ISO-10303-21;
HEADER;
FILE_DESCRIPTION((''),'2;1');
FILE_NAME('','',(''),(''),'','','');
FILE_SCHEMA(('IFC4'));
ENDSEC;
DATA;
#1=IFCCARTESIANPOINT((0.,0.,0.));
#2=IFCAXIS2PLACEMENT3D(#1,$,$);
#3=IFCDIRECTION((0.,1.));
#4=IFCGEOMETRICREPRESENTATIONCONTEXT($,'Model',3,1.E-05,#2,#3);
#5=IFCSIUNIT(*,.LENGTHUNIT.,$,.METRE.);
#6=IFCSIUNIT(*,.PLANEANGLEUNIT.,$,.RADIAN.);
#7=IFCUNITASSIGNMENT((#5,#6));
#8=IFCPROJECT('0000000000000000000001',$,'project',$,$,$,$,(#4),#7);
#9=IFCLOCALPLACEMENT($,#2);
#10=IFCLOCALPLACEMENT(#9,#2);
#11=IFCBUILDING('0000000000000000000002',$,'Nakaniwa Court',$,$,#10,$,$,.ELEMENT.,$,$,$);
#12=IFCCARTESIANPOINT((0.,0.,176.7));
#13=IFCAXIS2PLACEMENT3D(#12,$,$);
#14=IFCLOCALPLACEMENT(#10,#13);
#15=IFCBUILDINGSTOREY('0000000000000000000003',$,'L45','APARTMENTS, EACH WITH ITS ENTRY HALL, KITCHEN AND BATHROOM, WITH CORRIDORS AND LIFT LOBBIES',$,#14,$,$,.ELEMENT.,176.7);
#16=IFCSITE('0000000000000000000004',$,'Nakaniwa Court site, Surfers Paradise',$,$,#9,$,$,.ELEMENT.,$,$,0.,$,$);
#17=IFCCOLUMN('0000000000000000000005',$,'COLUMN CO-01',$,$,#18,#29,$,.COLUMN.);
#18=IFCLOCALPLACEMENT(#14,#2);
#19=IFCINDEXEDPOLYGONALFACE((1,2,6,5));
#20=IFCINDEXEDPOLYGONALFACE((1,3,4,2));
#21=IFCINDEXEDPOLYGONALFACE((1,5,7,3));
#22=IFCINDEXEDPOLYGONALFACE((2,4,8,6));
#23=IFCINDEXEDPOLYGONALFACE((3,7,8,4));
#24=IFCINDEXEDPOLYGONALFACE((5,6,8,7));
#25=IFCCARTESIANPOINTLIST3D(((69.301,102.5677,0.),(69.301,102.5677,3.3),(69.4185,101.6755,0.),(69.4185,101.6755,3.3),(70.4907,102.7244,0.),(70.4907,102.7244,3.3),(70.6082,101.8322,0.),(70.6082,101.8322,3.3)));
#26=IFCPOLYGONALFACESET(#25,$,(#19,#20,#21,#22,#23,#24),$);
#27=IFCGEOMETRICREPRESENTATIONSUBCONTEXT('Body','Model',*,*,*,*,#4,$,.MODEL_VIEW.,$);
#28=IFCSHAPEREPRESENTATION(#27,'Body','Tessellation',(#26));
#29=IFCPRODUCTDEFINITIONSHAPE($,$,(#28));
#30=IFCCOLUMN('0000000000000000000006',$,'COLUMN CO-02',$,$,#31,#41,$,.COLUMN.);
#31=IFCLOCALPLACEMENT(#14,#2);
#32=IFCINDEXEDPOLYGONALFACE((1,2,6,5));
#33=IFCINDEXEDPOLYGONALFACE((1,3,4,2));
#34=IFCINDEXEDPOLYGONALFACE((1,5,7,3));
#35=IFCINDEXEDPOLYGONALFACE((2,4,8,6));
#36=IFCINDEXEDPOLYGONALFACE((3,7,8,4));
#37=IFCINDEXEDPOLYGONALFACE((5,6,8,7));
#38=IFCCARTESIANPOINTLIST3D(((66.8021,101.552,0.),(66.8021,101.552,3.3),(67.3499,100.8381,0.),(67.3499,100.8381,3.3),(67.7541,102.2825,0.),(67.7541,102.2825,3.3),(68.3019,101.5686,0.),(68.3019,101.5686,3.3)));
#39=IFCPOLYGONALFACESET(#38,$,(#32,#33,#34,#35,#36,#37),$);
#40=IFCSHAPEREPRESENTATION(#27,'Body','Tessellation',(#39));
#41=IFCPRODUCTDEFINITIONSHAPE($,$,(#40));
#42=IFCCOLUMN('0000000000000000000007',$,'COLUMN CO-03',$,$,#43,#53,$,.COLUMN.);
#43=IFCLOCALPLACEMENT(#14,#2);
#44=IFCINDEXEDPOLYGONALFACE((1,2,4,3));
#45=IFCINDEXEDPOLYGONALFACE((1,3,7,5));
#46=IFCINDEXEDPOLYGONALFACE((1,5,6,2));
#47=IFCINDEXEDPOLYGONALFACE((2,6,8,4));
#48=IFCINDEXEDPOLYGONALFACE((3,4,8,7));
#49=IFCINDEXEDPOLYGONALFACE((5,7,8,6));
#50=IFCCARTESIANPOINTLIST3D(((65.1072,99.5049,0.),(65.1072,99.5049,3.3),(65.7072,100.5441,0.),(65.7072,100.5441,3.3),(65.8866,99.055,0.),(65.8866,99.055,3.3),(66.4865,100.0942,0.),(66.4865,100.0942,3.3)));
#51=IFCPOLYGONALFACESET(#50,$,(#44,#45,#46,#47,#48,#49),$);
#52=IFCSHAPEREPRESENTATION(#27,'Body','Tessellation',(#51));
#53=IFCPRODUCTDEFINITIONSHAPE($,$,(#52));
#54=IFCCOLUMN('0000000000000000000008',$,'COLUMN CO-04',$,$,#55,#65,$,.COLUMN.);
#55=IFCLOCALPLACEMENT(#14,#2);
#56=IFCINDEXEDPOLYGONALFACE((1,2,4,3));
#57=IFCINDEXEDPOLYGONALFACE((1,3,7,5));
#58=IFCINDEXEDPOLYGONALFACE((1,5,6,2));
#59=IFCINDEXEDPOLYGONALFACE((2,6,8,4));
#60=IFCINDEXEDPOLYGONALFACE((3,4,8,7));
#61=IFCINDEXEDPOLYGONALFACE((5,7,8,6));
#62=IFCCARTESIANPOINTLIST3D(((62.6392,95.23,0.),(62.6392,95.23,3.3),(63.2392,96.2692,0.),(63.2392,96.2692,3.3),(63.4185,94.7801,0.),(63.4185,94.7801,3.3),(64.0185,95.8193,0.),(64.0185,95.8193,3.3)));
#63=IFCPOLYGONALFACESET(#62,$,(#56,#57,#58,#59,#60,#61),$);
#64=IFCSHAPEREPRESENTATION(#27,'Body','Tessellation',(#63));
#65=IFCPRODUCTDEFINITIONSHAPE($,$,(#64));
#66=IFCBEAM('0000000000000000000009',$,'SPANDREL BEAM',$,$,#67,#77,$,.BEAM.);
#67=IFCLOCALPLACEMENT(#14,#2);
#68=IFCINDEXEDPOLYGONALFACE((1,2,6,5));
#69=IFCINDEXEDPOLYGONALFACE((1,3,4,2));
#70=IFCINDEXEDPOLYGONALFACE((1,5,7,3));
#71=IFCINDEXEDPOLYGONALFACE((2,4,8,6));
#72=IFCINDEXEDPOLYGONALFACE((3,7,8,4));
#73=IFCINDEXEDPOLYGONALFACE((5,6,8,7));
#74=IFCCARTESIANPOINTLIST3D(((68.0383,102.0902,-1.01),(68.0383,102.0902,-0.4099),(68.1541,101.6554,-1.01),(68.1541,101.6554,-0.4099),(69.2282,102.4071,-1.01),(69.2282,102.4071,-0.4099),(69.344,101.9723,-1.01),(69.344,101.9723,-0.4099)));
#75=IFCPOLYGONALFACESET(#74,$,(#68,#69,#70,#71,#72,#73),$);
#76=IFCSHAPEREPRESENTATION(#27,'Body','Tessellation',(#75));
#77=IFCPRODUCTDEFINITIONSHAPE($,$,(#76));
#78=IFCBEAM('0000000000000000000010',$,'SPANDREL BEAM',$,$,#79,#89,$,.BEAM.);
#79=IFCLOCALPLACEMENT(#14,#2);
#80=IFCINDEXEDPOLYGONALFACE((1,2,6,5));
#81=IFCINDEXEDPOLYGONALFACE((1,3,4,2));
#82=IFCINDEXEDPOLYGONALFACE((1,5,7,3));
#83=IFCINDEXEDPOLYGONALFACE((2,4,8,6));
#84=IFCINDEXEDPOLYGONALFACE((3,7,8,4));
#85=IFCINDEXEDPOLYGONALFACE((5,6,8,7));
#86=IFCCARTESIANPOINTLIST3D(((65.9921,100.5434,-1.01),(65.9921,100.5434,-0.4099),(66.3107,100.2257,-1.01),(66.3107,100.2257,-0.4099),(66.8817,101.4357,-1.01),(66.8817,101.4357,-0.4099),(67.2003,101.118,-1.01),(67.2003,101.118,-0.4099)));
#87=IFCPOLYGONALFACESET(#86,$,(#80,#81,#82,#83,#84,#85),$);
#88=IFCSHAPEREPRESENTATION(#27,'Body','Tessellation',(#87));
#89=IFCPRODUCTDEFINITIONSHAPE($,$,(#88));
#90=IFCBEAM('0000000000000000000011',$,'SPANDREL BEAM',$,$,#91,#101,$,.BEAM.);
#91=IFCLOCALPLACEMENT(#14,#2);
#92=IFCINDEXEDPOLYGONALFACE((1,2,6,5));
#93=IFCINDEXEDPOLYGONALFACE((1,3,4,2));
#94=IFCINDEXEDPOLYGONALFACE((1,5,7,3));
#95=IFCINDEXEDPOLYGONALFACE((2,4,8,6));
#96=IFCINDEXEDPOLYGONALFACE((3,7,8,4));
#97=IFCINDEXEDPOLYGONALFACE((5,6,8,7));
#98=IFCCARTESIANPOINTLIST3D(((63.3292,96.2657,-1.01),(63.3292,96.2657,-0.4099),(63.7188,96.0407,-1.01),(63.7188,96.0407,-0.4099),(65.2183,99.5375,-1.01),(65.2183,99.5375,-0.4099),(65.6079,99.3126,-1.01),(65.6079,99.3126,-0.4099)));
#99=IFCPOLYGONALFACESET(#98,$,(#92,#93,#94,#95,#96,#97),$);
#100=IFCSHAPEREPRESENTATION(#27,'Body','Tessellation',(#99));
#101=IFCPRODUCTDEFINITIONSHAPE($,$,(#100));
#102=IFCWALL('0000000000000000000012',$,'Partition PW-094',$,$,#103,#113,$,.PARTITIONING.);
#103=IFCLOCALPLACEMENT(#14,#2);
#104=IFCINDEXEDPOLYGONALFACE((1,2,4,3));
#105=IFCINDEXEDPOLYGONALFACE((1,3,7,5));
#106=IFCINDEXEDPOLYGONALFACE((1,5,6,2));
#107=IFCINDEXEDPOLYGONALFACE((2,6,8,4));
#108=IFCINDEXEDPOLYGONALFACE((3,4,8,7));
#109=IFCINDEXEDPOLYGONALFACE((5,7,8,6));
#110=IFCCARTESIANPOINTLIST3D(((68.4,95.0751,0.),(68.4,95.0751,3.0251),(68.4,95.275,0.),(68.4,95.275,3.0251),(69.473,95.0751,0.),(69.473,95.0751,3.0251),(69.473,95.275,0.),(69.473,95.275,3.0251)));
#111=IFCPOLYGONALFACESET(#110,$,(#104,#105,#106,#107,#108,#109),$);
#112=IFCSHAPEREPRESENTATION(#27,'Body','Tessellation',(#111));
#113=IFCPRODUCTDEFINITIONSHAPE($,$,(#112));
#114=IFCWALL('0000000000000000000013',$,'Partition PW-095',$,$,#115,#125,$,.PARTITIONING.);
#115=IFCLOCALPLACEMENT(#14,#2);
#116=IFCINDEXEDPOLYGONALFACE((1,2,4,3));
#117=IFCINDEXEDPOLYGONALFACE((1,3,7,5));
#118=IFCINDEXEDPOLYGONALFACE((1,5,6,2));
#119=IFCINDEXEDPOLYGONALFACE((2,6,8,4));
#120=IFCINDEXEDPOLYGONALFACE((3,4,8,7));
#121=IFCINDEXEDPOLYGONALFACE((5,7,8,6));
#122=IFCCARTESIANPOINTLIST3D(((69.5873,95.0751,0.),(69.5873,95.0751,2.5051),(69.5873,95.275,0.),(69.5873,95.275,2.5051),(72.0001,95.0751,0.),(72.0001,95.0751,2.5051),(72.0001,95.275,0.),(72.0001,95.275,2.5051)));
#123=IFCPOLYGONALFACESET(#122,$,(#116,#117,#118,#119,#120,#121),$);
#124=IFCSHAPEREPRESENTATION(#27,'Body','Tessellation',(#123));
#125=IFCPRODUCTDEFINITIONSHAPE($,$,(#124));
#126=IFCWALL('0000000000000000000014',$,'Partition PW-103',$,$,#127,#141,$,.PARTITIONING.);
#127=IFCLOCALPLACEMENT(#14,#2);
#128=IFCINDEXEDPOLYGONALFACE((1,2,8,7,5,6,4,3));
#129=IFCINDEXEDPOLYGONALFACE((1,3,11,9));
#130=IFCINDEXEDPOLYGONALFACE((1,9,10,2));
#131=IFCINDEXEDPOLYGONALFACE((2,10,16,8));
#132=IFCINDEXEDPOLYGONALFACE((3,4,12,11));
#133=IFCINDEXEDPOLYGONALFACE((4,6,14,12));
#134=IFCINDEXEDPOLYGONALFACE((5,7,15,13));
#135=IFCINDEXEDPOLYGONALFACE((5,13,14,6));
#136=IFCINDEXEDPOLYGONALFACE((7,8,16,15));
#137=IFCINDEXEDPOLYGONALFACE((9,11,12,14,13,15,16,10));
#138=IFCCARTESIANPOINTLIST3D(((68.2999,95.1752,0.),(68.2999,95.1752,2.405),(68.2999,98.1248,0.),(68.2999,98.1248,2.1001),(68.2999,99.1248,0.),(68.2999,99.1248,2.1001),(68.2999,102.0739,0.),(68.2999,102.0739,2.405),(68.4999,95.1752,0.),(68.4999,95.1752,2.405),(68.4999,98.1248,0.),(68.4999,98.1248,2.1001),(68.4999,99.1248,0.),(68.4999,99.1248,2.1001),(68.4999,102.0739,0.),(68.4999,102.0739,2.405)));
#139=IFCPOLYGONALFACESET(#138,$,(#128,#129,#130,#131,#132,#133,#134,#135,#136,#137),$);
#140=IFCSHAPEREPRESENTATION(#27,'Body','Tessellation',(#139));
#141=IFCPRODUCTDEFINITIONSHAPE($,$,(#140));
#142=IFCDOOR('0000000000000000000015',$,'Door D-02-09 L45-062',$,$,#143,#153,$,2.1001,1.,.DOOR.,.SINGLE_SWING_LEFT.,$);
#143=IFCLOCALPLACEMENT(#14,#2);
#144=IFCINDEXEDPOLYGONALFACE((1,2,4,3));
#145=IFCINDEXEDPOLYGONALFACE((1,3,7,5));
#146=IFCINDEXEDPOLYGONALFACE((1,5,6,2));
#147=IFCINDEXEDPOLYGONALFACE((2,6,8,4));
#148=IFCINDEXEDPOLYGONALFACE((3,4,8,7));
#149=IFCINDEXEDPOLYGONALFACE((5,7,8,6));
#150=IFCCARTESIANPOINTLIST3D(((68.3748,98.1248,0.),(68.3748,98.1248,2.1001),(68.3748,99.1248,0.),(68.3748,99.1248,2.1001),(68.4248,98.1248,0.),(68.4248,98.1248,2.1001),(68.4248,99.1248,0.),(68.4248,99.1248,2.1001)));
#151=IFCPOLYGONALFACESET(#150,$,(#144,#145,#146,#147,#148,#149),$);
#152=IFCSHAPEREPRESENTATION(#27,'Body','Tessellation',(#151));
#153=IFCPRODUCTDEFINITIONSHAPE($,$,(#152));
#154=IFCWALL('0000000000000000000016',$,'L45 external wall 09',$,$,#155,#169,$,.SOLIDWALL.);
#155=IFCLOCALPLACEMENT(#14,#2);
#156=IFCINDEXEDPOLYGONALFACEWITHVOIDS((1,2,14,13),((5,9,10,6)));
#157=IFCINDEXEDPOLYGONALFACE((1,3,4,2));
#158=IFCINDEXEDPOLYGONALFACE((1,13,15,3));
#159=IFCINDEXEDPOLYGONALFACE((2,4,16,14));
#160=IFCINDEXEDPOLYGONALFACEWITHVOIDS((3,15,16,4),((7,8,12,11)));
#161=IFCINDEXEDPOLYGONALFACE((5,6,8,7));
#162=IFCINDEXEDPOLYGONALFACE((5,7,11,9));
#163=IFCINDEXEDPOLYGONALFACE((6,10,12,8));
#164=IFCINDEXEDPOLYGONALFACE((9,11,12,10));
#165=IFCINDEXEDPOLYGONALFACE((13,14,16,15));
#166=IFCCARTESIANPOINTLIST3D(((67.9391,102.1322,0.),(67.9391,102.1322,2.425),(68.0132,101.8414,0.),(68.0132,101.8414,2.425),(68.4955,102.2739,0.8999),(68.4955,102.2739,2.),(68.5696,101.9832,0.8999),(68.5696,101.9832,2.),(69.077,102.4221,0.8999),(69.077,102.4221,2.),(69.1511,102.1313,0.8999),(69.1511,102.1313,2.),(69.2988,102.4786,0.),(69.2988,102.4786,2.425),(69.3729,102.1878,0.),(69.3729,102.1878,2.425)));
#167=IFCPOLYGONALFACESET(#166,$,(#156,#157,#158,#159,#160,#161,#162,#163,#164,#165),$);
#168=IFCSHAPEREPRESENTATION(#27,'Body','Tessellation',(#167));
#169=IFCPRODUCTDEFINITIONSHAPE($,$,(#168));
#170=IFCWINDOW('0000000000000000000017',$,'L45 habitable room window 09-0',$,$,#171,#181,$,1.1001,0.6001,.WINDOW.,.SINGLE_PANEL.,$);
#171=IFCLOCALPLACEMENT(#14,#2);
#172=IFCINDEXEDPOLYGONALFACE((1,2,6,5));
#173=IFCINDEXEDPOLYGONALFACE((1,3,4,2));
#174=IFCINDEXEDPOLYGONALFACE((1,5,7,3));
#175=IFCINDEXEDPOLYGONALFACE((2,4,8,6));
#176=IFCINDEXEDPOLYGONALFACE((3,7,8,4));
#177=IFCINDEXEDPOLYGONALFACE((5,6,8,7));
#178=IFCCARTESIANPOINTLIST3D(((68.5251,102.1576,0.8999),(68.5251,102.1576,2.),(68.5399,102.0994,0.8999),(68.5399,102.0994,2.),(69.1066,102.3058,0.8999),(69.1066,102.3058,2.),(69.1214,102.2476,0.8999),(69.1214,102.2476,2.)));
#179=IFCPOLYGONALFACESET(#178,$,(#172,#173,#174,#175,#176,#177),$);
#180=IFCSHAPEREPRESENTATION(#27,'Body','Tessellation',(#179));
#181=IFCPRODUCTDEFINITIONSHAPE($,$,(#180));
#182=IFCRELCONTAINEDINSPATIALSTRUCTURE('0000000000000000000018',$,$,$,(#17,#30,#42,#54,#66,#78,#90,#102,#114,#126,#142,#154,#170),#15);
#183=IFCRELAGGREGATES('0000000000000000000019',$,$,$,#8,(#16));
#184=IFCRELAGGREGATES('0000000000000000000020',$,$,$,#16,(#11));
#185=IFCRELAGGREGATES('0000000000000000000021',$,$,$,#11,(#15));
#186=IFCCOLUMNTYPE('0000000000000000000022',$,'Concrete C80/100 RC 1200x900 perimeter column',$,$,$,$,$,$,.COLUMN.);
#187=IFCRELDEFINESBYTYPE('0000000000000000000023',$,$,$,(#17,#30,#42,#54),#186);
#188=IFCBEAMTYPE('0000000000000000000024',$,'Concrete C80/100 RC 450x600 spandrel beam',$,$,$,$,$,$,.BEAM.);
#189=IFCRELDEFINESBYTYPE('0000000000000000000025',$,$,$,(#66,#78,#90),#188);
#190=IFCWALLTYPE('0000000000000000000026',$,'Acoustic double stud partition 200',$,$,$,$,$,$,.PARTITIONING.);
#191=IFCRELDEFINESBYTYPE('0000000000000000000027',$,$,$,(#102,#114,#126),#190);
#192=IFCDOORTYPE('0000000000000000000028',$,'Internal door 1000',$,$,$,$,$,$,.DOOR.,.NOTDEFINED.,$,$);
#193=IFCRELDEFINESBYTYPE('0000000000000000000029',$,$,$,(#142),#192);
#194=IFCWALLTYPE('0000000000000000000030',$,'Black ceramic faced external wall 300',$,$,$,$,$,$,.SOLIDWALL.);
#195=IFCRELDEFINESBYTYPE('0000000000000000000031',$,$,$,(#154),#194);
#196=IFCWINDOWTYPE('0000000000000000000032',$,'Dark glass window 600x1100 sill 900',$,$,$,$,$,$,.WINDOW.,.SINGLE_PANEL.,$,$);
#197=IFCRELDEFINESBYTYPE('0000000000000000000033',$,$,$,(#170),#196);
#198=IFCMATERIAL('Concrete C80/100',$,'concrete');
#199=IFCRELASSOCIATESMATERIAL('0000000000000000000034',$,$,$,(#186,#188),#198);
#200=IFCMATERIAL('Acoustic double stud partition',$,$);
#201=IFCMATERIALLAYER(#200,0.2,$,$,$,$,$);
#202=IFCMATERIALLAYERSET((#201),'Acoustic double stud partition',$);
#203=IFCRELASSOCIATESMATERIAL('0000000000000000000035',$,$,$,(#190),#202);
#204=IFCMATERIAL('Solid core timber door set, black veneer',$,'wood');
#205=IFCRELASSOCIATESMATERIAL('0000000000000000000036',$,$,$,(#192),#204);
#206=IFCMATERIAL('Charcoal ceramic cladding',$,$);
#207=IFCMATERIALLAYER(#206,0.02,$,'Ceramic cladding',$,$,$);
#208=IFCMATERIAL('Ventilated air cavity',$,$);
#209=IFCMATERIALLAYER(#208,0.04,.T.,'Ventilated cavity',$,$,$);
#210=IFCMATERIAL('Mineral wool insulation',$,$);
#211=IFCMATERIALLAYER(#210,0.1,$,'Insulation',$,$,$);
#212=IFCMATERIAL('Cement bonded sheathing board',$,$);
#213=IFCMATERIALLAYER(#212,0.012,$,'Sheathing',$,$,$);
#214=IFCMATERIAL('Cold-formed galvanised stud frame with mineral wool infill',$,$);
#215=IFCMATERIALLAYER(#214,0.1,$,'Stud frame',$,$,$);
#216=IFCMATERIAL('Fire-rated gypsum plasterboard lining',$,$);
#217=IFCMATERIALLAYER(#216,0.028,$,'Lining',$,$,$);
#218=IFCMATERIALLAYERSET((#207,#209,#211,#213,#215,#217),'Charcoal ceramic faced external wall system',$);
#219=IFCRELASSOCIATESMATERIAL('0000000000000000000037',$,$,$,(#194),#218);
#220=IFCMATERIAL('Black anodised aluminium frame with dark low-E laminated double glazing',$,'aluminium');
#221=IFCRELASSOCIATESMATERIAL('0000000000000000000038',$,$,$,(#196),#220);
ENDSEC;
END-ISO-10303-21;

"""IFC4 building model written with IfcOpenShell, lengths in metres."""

from ifc_helpers import new_model, si_unit, direction, frame, frame_2d, origin, origin_2d, place, context, subcontext, project, spatial, rectangle, extrude, material, layer, layer_set, material_profile, profile_set, type_object, element, fill, save


model = new_model("IFC4")

# Units and contexts
model_context = context("Model", 3, precision=1e-05, world=origin(), true_north=direction((0.0, 1.0)))
body_context = subcontext(model_context, "Body", "Model", "MODEL_VIEW")
ifc_project = project(units=[si_unit("LENGTHUNIT", "METRE"), si_unit("PLANEANGLEUNIT", "RADIAN")], contexts=[model_context])

# Site, building, storey
site_placement = place(None, origin())
site = spatial("IfcSite", under=ifc_project, at=site_placement, Name="Nakaniwa Court site, Surfers Paradise", CompositionType="ELEMENT", RefElevation=0.0)
building_placement = place(site_placement, origin())
building = spatial("IfcBuilding", under=site, at=building_placement, Name="Nakaniwa Court", CompositionType="ELEMENT")
storey_placement = place(building_placement, frame((0.0, 0.0, 176.7)))
storey = spatial("IfcBuildingStorey", under=building, at=storey_placement, Name="L45", Description="APARTMENTS, EACH WITH ITS ENTRY HALL, KITCHEN AND BATHROOM, WITH CORRIDORS AND LIFT LOBBIES", CompositionType="ELEMENT", Elevation=176.7)

# Columns
ifc_material_1 = material(Name="Concrete C80/100", Category="concrete")
ifc_material_profile_1 = material_profile(ifc_material_1, rectangle(XDim=1.2, YDim=0.8999, at=origin_2d()), Name="Concrete C80/100 RC 1200x900 perimeter column")
ifc_profile_set_1 = profile_set([ifc_material_profile_1], Name="Concrete C80/100")
column_type = type_object("IfcColumnType", Name="Concrete C80/100 RC 1200x900 perimeter column", PredefinedType="COLUMN", material=ifc_profile_set_1)
for number, where, z_axis, x_axis, name in (
    (1, (69.9546, 102.2, 0.0), (0.0, 0.0, 1.0), (-0.991443, -0.130543, 0.0), "COLUMN CO-01"),
    (2, (67.552, 101.5603, 0.0), (0.0, 0.0, 1.0), (-0.793364, -0.608748, 0.0), "COLUMN CO-02"),
    (3, (65.7969, 99.7996, 0.0), (0.0, 0.0, 1.0), (-0.5, -0.866025, 0.0), "COLUMN CO-03"),
    (4, (63.3289, 95.5247, 0.0), (0.0, 0.0, 1.0), (-0.5, -0.866025, 0.0), "COLUMN CO-04"),
):
    element("IfcColumn", number, at=place(storey_placement, frame(where, z_axis=z_axis, x_axis=x_axis)), inside=storey, type_object=column_type, Name=name, PredefinedType="COLUMN", context=body_context, shape_type="SweptSolid", body=[
        extrude(rectangle(XDim=1.2, YDim=0.8999, at=origin_2d()), origin(), (0.0, 0.0, 1.0), 3.3),
    ])

# Beams
ifc_material_profile_2 = material_profile(ifc_material_1, rectangle(XDim=0.45, YDim=0.6001, at=origin_2d()), Name="Concrete C80/100 RC 450x600 spandrel beam")
ifc_profile_set_2 = profile_set([ifc_material_profile_2], Name="Concrete C80/100")
beam_type = type_object("IfcBeamType", Name="Concrete C80/100 RC 450x600 spandrel beam", PredefinedType="BEAM", material=ifc_profile_set_2)
beam_1_placement = place(storey_placement, frame((69.2861, 102.1897, -0.71), z_axis=(-0.96632, -0.257342, 0.0), x_axis=(0.257342, -0.96632, 0.0)))
element("IfcBeam", 5, at=beam_1_placement, inside=storey, type_object=beam_type, Name="SPANDREL BEAM", PredefinedType="BEAM", context=body_context, shape_type="SweptSolid", body=[
    extrude(rectangle(XDim=0.45, YDim=0.6001, at=origin_2d()), origin(), (0.0, 0.0, 1.0), 1.2314),
])
beam_2_placement = place(storey_placement, frame((67.041, 101.2769, -0.71), z_axis=(-0.70604, -0.708172, 0.0), x_axis=(0.708172, -0.70604, 0.0)))
element("IfcBeam", 6, at=beam_2_placement, inside=storey, type_object=beam_type, Name="SPANDREL BEAM", PredefinedType="BEAM", context=body_context, shape_type="SweptSolid", body=[
    extrude(rectangle(XDim=0.45, YDim=0.6001, at=origin_2d()), origin(), (0.0, 0.0, 1.0), 1.26),
])
beam_3_placement = place(storey_placement, frame((65.4131, 99.425, -0.71), z_axis=(-0.500017, -0.866016, 0.0), x_axis=(0.866016, -0.500017, 0.0)))
element("IfcBeam", 7, at=beam_3_placement, inside=storey, type_object=beam_type, Name="SPANDREL BEAM", PredefinedType="BEAM", context=body_context, shape_type="SweptSolid", body=[
    extrude(rectangle(XDim=0.45, YDim=0.6001, at=origin_2d()), origin(), (0.0, 0.0, 1.0), 3.7781),
])

# Walls
ifc_material_2 = material(Name="Acoustic double stud partition")
ifc_layer_1 = layer(ifc_material_2, 0.2)
ifc_layer_set_1 = layer_set([ifc_layer_1], Name="Acoustic double stud partition")
wall_type_1 = type_object("IfcWallType", Name="Acoustic double stud partition 200", PredefinedType="PARTITIONING", material=ifc_layer_set_1)
wall_1_placement = place(storey_placement, frame((68.3999, 95.175, 0.0), z_axis=(0.0, 0.0, 1.0), x_axis=(1.0, 0.0, 0.0)))
element("IfcWall", 8, at=wall_1_placement, inside=storey, type_object=wall_type_1, Name="Partition PW-094", PredefinedType="PARTITIONING", context=body_context, shape_type="SweptSolid", body=[
    extrude(rectangle(XDim=1.073, YDim=0.2, at=frame_2d((0.5366, 0.0))), origin(), (0.0, 0.0, 1.0), 3.0251),
])
wall_2_placement = place(storey_placement, frame((69.5872, 95.175, 0.0), z_axis=(0.0, 0.0, 1.0), x_axis=(1.0, 0.0, 0.0)))
element("IfcWall", 9, at=wall_2_placement, inside=storey, type_object=wall_type_1, Name="Partition PW-095", PredefinedType="PARTITIONING", context=body_context, shape_type="SweptSolid", body=[
    extrude(rectangle(XDim=2.4128, YDim=0.2, at=frame_2d((1.2065, 0.0))), origin(), (0.0, 0.0, 1.0), 2.5051),
])

# Wall, opening, door
wall_3_placement = place(storey_placement, frame((68.3999, 102.0737, 0.0), z_axis=(0.0, 0.0, 1.0), x_axis=(0.0, -1.0, 0.0)))
wall_3 = element("IfcWall", 10, at=wall_3_placement, inside=storey, type_object=wall_type_1, Name="Partition PW-103", PredefinedType="PARTITIONING", context=body_context, shape_type="SweptSolid", body=[
    extrude(rectangle(XDim=6.8987, YDim=0.2, at=frame_2d((3.4492, 0.0))), origin(), (0.0, 0.0, 1.0), 2.405),
])
opening_1_placement = place(wall_3_placement, frame((2.949, 0.0, 0.0)))
opening_1 = element("IfcOpeningElement", 11, at=opening_1_placement, cuts=wall_3, PredefinedType="OPENING", context=body_context, shape_type="SweptSolid", body=[
    extrude(rectangle(XDim=1.0, YDim=2.1001, at=frame_2d((0.5, 1.05))), frame((0.0, 0.1099, 0.0), z_axis=(0.0, -1.0, 0.0), x_axis=(1.0, 0.0, 0.0)), (0.0, 0.0, 1.0), 0.22),
])
ifc_material_3 = material(Name="Solid core timber door set, black veneer", Category="wood")
door_type = type_object("IfcDoorType", Name="Internal door 1000", OperationType="NOTDEFINED", PredefinedType="DOOR", material=ifc_material_3)
door_placement = place(opening_1_placement, origin())
door = element("IfcDoor", 12, at=door_placement, inside=storey, type_object=door_type, Name="Door D-02-09 L45-062", OperationType="SINGLE_SWING_LEFT", OverallHeight=2.1001, OverallWidth=1.0, PredefinedType="DOOR", context=body_context, shape_type="SweptSolid", body=[
    extrude(rectangle(XDim=1.0, YDim=2.1001, at=frame_2d((0.5, 1.05))), frame((0.0, 0.0249, 0.0), z_axis=(0.0, -1.0, 0.0), x_axis=(1.0, 0.0, 0.0)), (0.0, 0.0, 1.0), 0.05),
])
fill(opening_1, door)

# Wall, opening, window
ifc_material_4 = material(Name="Charcoal ceramic cladding")
ifc_layer_2 = layer(ifc_material_4, 0.02, Name="Ceramic cladding")
ifc_material_5 = material(Name="Ventilated air cavity")
ifc_layer_3 = layer(ifc_material_5, 0.04, ventilated=True, Name="Ventilated cavity")
ifc_material_6 = material(Name="Mineral wool insulation")
ifc_layer_4 = layer(ifc_material_6, 0.1, Name="Insulation")
ifc_material_7 = material(Name="Cement bonded sheathing board")
ifc_layer_5 = layer(ifc_material_7, 0.012, Name="Sheathing")
ifc_material_8 = material(Name="Cold-formed galvanised stud frame with mineral wool infill")
ifc_layer_6 = layer(ifc_material_8, 0.1, Name="Stud frame")
ifc_material_9 = material(Name="Fire-rated gypsum plasterboard lining")
ifc_layer_7 = layer(ifc_material_9, 0.028, Name="Lining")
ifc_layer_set_2 = layer_set([ifc_layer_2, ifc_layer_3, ifc_layer_4, ifc_layer_5, ifc_layer_6, ifc_layer_7], Name="Charcoal ceramic faced external wall system")
wall_type_2 = type_object("IfcWallType", Name="Black ceramic faced external wall 300", PredefinedType="SOLIDWALL", material=ifc_layer_set_2)
wall_4_placement = place(storey_placement, frame((69.3359, 102.3333, 0.0), z_axis=(0.0, 0.0, 1.0), x_axis=(-0.969037, -0.246914, 0.0)))
wall_4 = element("IfcWall", 13, at=wall_4_placement, inside=storey, type_object=wall_type_2, Name="L45 external wall 09", PredefinedType="SOLIDWALL", context=body_context, shape_type="SweptSolid", body=[
    extrude(rectangle(XDim=1.4031, YDim=0.3, at=frame_2d((0.7017, 0.0))), origin(), (0.0, 0.0, 1.0), 2.425),
])
opening_2_placement = place(wall_4_placement, frame((0.229, 0.0, 0.8999)))
opening_2 = element("IfcOpeningElement", 14, at=opening_2_placement, cuts=wall_4, PredefinedType="OPENING", context=body_context, shape_type="SweptSolid", body=[
    extrude(rectangle(XDim=0.6001, YDim=1.1001, at=frame_2d((0.3, 0.55))), frame((0.0, 0.1599, 0.0), z_axis=(0.0, -1.0, 0.0), x_axis=(1.0, 0.0, 0.0)), (0.0, 0.0, 1.0), 0.3201),
])
ifc_material_10 = material(Name="Black anodised aluminium frame with dark low-E laminated double glazing", Category="aluminium")
window_type_1 = type_object("IfcWindowType", Name="Dark glass window 600x1100 sill 900", PartitioningType="SINGLE_PANEL", PredefinedType="WINDOW", material=ifc_material_10)
window_1_placement = place(opening_2_placement, origin())
window_1 = element("IfcWindow", 15, at=window_1_placement, inside=storey, type_object=window_type_1, Name="L45 habitable room window 09-0", OverallHeight=1.1001, OverallWidth=0.6001, PartitioningType="SINGLE_PANEL", PredefinedType="WINDOW", context=body_context, shape_type="SweptSolid", body=[
    extrude(rectangle(XDim=0.6001, YDim=1.1001, at=frame_2d((0.3, 0.55))), frame((0.0, 0.03, 0.0), z_axis=(0.0, -1.0, 0.0), x_axis=(1.0, 0.0, 0.0)), (0.0, 0.0, 1.0), 0.0601),
])
fill(opening_2, window_1)

save(model, "model.ifc")
